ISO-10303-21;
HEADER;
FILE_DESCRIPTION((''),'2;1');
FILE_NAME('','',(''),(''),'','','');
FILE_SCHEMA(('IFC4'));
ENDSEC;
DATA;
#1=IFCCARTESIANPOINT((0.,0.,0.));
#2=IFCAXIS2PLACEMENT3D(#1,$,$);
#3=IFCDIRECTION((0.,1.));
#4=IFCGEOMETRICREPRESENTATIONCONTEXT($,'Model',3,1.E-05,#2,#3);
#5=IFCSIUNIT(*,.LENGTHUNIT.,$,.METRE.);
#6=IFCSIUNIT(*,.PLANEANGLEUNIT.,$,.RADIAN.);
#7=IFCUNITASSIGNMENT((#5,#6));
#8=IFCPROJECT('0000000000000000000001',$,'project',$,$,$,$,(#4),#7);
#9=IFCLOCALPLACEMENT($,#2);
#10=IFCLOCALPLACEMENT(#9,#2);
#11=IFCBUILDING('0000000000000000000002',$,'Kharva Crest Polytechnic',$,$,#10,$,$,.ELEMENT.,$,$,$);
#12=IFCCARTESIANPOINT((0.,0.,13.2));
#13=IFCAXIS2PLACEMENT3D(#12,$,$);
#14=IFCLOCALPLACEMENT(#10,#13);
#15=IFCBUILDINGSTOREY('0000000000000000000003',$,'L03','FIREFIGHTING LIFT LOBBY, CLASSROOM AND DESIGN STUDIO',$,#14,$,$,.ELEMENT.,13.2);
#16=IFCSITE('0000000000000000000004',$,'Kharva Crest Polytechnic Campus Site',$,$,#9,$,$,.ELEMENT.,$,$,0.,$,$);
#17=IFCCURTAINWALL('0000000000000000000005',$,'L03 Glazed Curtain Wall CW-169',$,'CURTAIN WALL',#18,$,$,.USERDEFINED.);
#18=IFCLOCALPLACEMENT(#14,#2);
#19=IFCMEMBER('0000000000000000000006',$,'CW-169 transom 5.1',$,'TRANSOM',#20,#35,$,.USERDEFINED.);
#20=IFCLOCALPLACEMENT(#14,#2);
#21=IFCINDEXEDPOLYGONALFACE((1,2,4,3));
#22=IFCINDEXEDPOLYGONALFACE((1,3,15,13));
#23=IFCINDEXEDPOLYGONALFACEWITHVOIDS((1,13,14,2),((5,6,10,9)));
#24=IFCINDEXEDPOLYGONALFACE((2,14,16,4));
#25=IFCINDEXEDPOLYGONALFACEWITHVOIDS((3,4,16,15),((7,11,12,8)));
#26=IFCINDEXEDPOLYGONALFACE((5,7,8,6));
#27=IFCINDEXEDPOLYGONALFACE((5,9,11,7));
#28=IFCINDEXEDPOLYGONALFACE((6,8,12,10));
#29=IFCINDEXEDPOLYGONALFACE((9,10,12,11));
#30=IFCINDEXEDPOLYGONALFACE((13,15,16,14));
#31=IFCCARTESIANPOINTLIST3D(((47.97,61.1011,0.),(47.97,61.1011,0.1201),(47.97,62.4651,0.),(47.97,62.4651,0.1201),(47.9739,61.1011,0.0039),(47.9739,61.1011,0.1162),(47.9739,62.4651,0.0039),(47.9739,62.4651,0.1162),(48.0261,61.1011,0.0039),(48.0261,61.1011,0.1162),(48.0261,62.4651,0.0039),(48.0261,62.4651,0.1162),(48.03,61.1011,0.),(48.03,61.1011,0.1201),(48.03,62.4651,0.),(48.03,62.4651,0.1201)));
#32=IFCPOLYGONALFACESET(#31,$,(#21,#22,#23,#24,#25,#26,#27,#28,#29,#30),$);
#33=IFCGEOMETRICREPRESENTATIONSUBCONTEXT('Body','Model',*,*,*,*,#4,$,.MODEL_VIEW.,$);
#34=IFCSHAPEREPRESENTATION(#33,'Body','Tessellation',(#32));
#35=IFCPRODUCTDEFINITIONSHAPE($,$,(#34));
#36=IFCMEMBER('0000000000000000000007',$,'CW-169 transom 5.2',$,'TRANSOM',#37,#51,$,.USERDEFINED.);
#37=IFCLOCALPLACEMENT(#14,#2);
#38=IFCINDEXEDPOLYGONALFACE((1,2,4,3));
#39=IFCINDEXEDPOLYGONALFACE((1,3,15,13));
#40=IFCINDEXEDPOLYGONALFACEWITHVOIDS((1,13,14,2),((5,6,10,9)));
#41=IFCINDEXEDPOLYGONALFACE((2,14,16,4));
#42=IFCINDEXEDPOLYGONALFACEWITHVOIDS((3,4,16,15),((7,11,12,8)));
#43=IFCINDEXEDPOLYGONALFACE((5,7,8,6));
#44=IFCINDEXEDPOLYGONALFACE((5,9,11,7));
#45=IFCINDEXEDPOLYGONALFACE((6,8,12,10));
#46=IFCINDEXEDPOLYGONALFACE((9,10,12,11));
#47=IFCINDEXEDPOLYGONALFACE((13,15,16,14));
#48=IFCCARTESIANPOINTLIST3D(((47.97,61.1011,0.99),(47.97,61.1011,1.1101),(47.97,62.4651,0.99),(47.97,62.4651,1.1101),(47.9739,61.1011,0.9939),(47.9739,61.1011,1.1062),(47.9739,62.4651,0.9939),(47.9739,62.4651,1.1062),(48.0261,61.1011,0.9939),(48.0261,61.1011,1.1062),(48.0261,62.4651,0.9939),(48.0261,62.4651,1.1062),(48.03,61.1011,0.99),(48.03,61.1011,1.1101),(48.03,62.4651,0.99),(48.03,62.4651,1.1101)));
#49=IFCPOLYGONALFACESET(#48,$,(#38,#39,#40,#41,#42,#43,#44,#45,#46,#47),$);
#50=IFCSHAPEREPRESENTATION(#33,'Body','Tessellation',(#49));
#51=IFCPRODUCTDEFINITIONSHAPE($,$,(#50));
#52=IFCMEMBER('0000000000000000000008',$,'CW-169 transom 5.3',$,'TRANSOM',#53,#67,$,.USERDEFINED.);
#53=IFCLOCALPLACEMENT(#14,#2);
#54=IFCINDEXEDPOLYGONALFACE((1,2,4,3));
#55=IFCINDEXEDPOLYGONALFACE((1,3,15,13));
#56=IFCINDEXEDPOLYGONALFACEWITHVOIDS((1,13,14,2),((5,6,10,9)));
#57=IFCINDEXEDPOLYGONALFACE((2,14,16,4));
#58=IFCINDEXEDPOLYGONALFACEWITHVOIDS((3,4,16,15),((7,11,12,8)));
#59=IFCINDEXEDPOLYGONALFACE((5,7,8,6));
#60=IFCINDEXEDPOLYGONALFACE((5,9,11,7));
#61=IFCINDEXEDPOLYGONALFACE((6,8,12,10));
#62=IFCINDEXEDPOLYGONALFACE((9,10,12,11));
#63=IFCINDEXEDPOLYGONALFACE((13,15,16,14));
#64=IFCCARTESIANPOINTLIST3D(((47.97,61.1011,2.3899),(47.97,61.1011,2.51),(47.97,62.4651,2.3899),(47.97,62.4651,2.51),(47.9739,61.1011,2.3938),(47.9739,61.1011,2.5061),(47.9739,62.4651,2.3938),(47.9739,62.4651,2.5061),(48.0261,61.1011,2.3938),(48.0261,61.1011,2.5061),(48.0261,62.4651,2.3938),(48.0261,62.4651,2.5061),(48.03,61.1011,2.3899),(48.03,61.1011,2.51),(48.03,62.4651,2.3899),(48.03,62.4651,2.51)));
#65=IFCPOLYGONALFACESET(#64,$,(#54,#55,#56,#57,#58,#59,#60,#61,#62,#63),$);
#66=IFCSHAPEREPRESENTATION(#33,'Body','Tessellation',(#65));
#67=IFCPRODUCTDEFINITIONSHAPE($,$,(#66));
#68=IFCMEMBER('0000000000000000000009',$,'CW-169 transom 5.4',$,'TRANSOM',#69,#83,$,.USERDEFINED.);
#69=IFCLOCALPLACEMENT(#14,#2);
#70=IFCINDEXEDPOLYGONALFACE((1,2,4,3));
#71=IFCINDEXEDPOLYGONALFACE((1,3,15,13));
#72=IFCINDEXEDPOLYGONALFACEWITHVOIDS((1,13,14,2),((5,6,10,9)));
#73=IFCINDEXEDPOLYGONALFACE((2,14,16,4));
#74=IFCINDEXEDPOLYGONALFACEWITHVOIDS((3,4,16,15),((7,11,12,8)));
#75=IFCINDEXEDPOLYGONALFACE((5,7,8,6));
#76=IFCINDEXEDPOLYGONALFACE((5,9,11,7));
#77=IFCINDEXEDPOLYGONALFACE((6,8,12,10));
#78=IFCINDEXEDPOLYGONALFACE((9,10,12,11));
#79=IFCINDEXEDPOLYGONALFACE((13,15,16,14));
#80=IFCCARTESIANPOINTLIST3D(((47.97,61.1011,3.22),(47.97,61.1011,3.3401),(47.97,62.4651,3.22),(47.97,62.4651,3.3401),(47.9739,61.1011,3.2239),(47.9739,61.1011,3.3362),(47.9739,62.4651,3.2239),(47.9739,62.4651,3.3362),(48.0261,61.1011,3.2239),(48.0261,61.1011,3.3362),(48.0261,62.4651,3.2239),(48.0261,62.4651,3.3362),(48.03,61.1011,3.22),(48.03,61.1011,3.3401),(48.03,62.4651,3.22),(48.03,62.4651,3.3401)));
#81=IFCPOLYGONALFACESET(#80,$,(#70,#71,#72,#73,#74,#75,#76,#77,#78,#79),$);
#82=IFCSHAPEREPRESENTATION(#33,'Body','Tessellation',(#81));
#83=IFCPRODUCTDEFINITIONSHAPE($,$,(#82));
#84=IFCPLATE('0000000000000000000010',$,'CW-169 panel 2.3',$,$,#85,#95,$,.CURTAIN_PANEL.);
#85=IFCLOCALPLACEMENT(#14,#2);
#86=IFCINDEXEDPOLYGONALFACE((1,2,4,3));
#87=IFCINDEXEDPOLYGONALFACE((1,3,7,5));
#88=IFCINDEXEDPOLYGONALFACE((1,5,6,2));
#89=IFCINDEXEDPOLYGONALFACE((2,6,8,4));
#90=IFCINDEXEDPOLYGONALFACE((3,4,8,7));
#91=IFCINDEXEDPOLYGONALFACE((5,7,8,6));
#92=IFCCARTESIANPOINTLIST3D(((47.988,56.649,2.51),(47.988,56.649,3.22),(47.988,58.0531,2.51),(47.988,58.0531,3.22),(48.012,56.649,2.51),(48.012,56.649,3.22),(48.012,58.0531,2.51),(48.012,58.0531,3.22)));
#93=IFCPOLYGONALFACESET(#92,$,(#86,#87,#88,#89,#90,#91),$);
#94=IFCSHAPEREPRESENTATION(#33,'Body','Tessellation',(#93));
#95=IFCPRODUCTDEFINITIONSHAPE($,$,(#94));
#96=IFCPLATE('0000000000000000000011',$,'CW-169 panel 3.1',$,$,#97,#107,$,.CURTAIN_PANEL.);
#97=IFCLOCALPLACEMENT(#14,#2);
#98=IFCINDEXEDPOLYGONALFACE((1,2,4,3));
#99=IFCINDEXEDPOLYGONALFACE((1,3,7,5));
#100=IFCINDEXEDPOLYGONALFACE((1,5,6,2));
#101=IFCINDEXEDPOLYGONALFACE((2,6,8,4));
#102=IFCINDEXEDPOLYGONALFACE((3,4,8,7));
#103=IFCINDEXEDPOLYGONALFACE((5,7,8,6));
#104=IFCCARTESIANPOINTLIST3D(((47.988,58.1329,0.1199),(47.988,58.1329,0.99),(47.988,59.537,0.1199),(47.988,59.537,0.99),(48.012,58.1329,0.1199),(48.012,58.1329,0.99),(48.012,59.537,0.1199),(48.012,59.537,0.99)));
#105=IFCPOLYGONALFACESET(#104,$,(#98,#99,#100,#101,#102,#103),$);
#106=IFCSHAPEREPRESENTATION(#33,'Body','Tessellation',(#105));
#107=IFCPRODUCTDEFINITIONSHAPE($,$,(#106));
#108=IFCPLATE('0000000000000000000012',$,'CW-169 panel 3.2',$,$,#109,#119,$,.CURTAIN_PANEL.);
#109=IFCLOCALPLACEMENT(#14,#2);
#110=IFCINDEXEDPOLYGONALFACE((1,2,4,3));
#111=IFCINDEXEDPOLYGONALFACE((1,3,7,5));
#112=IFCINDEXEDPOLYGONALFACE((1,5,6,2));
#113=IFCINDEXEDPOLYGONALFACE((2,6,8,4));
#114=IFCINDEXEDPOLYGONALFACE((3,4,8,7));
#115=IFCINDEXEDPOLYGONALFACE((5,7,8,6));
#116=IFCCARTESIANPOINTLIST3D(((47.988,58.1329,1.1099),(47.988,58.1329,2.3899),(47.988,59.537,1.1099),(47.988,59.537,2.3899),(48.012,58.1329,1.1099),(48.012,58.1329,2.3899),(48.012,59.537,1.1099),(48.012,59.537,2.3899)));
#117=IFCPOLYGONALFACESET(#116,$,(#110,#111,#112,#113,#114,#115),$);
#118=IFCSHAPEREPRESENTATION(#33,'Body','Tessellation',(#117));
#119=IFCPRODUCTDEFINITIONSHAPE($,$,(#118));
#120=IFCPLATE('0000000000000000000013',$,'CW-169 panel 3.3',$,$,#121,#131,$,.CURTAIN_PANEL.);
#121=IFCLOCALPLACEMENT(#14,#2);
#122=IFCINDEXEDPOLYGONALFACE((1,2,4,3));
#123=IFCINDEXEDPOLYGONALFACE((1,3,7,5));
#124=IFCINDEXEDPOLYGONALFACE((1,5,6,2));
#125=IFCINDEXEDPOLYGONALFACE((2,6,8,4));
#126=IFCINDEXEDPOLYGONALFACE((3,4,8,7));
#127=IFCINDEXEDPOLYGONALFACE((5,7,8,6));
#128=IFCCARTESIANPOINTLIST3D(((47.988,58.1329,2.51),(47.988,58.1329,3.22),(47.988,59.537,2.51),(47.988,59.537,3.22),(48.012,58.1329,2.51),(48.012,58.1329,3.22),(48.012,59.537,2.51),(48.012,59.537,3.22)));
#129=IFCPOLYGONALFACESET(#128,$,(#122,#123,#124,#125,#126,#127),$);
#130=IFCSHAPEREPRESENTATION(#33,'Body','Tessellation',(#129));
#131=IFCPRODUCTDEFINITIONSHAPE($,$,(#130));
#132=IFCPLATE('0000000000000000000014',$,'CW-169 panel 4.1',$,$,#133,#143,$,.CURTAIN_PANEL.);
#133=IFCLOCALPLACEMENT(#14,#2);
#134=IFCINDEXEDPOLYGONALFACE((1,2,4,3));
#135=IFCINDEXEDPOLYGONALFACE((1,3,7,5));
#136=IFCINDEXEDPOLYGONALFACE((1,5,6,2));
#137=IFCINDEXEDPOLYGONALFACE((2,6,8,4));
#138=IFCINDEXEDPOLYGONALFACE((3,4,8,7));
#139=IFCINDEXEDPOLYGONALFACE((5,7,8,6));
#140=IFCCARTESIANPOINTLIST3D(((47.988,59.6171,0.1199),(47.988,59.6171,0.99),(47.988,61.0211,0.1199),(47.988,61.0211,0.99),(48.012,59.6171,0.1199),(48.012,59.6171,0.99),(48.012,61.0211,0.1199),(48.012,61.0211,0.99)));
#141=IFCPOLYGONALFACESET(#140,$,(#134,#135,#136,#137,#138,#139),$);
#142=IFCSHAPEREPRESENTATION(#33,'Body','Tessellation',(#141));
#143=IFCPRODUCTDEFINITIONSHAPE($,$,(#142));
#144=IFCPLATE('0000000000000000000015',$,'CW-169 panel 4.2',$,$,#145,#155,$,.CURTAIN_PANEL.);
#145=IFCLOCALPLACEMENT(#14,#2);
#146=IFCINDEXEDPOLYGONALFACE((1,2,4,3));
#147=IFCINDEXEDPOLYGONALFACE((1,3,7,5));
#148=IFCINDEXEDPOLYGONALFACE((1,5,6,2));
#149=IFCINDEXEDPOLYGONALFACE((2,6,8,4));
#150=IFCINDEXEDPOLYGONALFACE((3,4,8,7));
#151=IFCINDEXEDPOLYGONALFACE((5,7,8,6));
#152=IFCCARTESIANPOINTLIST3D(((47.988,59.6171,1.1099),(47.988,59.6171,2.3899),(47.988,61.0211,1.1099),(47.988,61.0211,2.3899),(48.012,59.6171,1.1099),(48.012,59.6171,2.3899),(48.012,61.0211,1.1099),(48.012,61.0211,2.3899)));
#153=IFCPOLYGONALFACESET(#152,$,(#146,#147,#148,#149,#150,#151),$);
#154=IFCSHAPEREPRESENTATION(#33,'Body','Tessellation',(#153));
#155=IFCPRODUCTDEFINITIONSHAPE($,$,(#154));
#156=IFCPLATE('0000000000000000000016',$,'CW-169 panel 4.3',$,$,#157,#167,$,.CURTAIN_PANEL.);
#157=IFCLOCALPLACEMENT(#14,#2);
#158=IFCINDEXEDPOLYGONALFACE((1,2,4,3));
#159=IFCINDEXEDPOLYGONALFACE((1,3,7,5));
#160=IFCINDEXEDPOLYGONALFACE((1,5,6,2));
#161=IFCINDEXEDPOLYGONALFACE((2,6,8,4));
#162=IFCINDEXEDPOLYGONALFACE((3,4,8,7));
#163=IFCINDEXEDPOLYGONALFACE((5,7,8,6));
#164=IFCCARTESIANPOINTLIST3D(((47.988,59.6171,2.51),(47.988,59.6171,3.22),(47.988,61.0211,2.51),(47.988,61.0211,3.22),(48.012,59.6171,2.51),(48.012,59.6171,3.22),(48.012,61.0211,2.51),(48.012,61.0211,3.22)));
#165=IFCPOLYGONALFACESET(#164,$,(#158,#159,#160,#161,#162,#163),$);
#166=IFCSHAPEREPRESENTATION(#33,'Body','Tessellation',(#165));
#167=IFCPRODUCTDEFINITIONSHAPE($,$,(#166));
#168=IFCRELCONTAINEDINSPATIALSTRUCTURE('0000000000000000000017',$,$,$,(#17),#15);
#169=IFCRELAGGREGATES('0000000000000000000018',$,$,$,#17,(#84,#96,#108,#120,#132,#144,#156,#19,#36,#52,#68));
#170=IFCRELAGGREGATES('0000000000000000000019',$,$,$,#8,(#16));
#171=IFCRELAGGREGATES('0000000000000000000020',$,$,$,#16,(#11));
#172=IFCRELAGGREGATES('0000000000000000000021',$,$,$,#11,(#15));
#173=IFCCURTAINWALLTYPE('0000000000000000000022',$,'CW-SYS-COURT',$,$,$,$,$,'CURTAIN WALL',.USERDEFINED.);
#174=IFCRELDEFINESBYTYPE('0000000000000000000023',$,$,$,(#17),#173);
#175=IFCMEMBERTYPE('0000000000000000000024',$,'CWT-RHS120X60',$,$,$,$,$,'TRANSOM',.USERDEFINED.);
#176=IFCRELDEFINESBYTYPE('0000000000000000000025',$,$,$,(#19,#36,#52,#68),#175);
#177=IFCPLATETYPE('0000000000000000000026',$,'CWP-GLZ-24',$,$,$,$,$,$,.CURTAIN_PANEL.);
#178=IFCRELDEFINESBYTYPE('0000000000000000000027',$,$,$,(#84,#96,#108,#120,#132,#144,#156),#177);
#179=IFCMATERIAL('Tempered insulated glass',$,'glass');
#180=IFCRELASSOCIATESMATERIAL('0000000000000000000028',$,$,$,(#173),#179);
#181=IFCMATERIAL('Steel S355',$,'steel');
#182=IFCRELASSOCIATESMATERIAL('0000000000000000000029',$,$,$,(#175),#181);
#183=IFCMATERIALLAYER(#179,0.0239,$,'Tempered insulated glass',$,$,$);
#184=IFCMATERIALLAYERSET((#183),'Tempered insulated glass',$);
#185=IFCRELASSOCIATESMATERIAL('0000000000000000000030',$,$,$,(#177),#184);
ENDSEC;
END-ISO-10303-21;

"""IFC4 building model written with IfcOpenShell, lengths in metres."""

from ifc_helpers import new_model, si_unit, direction, frame, origin, origin_2d, place, context, subcontext, project, spatial, rectangle, hollow_rectangle, extrude, material, layer, layer_set, material_profile, profile_set, type_object, element, aggregate, save


model = new_model("IFC4")

# Units and contexts
model_context = context("Model", 3, precision=1e-05, world=origin(), true_north=direction((0.0, 1.0)))
body_context = subcontext(model_context, "Body", "Model", "MODEL_VIEW")
ifc_project = project(units=[si_unit("LENGTHUNIT", "METRE"), si_unit("PLANEANGLEUNIT", "RADIAN")], contexts=[model_context])

# Site, building, storey
site_placement = place(None, origin())
site = spatial("IfcSite", under=ifc_project, at=site_placement, Name="Kharva Crest Polytechnic Campus Site", CompositionType="ELEMENT", RefElevation=0.0)
building_placement = place(site_placement, origin())
building = spatial("IfcBuilding", under=site, at=building_placement, Name="Kharva Crest Polytechnic", CompositionType="ELEMENT")
storey_placement = place(building_placement, frame((0.0, 0.0, 13.2)))
storey = spatial("IfcBuildingStorey", under=building, at=storey_placement, Name="L03", Description="FIREFIGHTING LIFT LOBBY, CLASSROOM AND DESIGN STUDIO", CompositionType="ELEMENT", Elevation=13.2)

# Curtain wall, members, plates
ifc_material_1 = material(Name="Tempered insulated glass", Category="glass")
curtain_wall_type = type_object("IfcCurtainWallType", Name="CW-SYS-COURT", ElementType="CURTAIN WALL", PredefinedType="USERDEFINED", material=ifc_material_1)
curtain_wall_placement = place(storey_placement, origin())
curtain_wall = element("IfcCurtainWall", 1, at=curtain_wall_placement, inside=storey, type_object=curtain_wall_type, Name="L03 Glazed Curtain Wall CW-169", ObjectType="CURTAIN WALL", PredefinedType="USERDEFINED")
ifc_material_2 = material(Name="Steel S355", Category="steel")
ifc_material_profile_1 = material_profile(ifc_material_2, hollow_rectangle(XDim=0.0601, YDim=0.1201, WallThickness=0.0039, at=origin_2d()), Name="RHS 120X60X4.0")
ifc_profile_set_1 = profile_set([ifc_material_profile_1], Name="Steel S355")
member_type_1 = type_object("IfcMemberType", Name="CWT-RHS120X60", ElementType="TRANSOM", PredefinedType="USERDEFINED", material=ifc_profile_set_1)
member_1_placement = place(storey_placement, frame((48.0, 61.1011, 0.0601), z_axis=(0.0, 1.0, 0.0), x_axis=(-1.0, 0.0, 0.0)))
member_1 = element("IfcMember", 2, at=member_1_placement, type_object=member_type_1, Name="CW-169 transom 5.1", ObjectType="TRANSOM", PredefinedType="USERDEFINED", context=body_context, shape_type="SweptSolid", body=[
    extrude(hollow_rectangle(XDim=0.0601, YDim=0.1201, WallThickness=0.0039, at=origin_2d()), origin(), (0.0, 0.0, 1.0), 1.364),
])
member_2_placement = place(storey_placement, frame((48.0, 61.1011, 1.05), z_axis=(0.0, 1.0, 0.0), x_axis=(-1.0, 0.0, 0.0)))
member_2 = element("IfcMember", 3, at=member_2_placement, type_object=member_type_1, Name="CW-169 transom 5.2", ObjectType="TRANSOM", PredefinedType="USERDEFINED", context=body_context, shape_type="SweptSolid", body=[
    extrude(hollow_rectangle(XDim=0.0601, YDim=0.1201, WallThickness=0.0039, at=origin_2d()), origin(), (0.0, 0.0, 1.0), 1.364),
])
member_3_placement = place(storey_placement, frame((48.0, 61.1011, 2.45), z_axis=(0.0, 1.0, 0.0), x_axis=(-1.0, 0.0, 0.0)))
member_3 = element("IfcMember", 4, at=member_3_placement, type_object=member_type_1, Name="CW-169 transom 5.3", ObjectType="TRANSOM", PredefinedType="USERDEFINED", context=body_context, shape_type="SweptSolid", body=[
    extrude(hollow_rectangle(XDim=0.0601, YDim=0.1201, WallThickness=0.0039, at=origin_2d()), origin(), (0.0, 0.0, 1.0), 1.364),
])
member_4_placement = place(storey_placement, frame((48.0, 61.1011, 3.28), z_axis=(0.0, 1.0, 0.0), x_axis=(-1.0, 0.0, 0.0)))
member_4 = element("IfcMember", 5, at=member_4_placement, type_object=member_type_1, Name="CW-169 transom 5.4", ObjectType="TRANSOM", PredefinedType="USERDEFINED", context=body_context, shape_type="SweptSolid", body=[
    extrude(hollow_rectangle(XDim=0.0601, YDim=0.1201, WallThickness=0.0039, at=origin_2d()), origin(), (0.0, 0.0, 1.0), 1.364),
])
ifc_layer = layer(ifc_material_1, 0.0239, Name="Tempered insulated glass")
ifc_layer_set = layer_set([ifc_layer], Name="Tempered insulated glass")
plate_type = type_object("IfcPlateType", Name="CWP-GLZ-24", PredefinedType="CURTAIN_PANEL", material=ifc_layer_set)
plate_1_placement = place(storey_placement, frame((48.0, 57.3511, 2.51), z_axis=(0.0, 0.0, 1.0), x_axis=(0.0, 1.0, 0.0)))
plate_1 = element("IfcPlate", 6, at=plate_1_placement, type_object=plate_type, Name="CW-169 panel 2.3", PredefinedType="CURTAIN_PANEL", context=body_context, shape_type="SweptSolid", body=[
    extrude(rectangle(XDim=1.4041, YDim=0.0239, at=origin_2d()), origin(), (0.0, 0.0, 1.0), 0.71),
])
plate_2_placement = place(storey_placement, frame((48.0, 58.835, 0.1199), z_axis=(0.0, 0.0, 1.0), x_axis=(0.0, 1.0, 0.0)))
plate_2 = element("IfcPlate", 7, at=plate_2_placement, type_object=plate_type, Name="CW-169 panel 3.1", PredefinedType="CURTAIN_PANEL", context=body_context, shape_type="SweptSolid", body=[
    extrude(rectangle(XDim=1.4041, YDim=0.0239, at=origin_2d()), origin(), (0.0, 0.0, 1.0), 0.8701),
])
plate_3_placement = place(storey_placement, frame((48.0, 58.835, 1.1099), z_axis=(0.0, 0.0, 1.0), x_axis=(0.0, 1.0, 0.0)))
plate_3 = element("IfcPlate", 8, at=plate_3_placement, type_object=plate_type, Name="CW-169 panel 3.2", PredefinedType="CURTAIN_PANEL", context=body_context, shape_type="SweptSolid", body=[
    extrude(rectangle(XDim=1.4041, YDim=0.0239, at=origin_2d()), origin(), (0.0, 0.0, 1.0), 1.28),
])
plate_4_placement = place(storey_placement, frame((48.0, 58.835, 2.51), z_axis=(0.0, 0.0, 1.0), x_axis=(0.0, 1.0, 0.0)))
plate_4 = element("IfcPlate", 9, at=plate_4_placement, type_object=plate_type, Name="CW-169 panel 3.3", PredefinedType="CURTAIN_PANEL", context=body_context, shape_type="SweptSolid", body=[
    extrude(rectangle(XDim=1.4041, YDim=0.0239, at=origin_2d()), origin(), (0.0, 0.0, 1.0), 0.71),
])
plate_5_placement = place(storey_placement, frame((48.0, 60.3191, 0.1199), z_axis=(0.0, 0.0, 1.0), x_axis=(0.0, 1.0, 0.0)))
plate_5 = element("IfcPlate", 10, at=plate_5_placement, type_object=plate_type, Name="CW-169 panel 4.1", PredefinedType="CURTAIN_PANEL", context=body_context, shape_type="SweptSolid", body=[
    extrude(rectangle(XDim=1.4041, YDim=0.0239, at=origin_2d()), origin(), (0.0, 0.0, 1.0), 0.8701),
])
plate_6_placement = place(storey_placement, frame((48.0, 60.3191, 1.1099), z_axis=(0.0, 0.0, 1.0), x_axis=(0.0, 1.0, 0.0)))
plate_6 = element("IfcPlate", 11, at=plate_6_placement, type_object=plate_type, Name="CW-169 panel 4.2", PredefinedType="CURTAIN_PANEL", context=body_context, shape_type="SweptSolid", body=[
    extrude(rectangle(XDim=1.4041, YDim=0.0239, at=origin_2d()), origin(), (0.0, 0.0, 1.0), 1.28),
])
plate_7_placement = place(storey_placement, frame((48.0, 60.3191, 2.51), z_axis=(0.0, 0.0, 1.0), x_axis=(0.0, 1.0, 0.0)))
plate_7 = element("IfcPlate", 12, at=plate_7_placement, type_object=plate_type, Name="CW-169 panel 4.3", PredefinedType="CURTAIN_PANEL", context=body_context, shape_type="SweptSolid", body=[
    extrude(rectangle(XDim=1.4041, YDim=0.0239, at=origin_2d()), origin(), (0.0, 0.0, 1.0), 0.71),
])
aggregate(curtain_wall, [plate_1, plate_2, plate_3, plate_4, plate_5, plate_6, plate_7, member_1, member_2, member_3, member_4])

save(model, "model.ifc")
